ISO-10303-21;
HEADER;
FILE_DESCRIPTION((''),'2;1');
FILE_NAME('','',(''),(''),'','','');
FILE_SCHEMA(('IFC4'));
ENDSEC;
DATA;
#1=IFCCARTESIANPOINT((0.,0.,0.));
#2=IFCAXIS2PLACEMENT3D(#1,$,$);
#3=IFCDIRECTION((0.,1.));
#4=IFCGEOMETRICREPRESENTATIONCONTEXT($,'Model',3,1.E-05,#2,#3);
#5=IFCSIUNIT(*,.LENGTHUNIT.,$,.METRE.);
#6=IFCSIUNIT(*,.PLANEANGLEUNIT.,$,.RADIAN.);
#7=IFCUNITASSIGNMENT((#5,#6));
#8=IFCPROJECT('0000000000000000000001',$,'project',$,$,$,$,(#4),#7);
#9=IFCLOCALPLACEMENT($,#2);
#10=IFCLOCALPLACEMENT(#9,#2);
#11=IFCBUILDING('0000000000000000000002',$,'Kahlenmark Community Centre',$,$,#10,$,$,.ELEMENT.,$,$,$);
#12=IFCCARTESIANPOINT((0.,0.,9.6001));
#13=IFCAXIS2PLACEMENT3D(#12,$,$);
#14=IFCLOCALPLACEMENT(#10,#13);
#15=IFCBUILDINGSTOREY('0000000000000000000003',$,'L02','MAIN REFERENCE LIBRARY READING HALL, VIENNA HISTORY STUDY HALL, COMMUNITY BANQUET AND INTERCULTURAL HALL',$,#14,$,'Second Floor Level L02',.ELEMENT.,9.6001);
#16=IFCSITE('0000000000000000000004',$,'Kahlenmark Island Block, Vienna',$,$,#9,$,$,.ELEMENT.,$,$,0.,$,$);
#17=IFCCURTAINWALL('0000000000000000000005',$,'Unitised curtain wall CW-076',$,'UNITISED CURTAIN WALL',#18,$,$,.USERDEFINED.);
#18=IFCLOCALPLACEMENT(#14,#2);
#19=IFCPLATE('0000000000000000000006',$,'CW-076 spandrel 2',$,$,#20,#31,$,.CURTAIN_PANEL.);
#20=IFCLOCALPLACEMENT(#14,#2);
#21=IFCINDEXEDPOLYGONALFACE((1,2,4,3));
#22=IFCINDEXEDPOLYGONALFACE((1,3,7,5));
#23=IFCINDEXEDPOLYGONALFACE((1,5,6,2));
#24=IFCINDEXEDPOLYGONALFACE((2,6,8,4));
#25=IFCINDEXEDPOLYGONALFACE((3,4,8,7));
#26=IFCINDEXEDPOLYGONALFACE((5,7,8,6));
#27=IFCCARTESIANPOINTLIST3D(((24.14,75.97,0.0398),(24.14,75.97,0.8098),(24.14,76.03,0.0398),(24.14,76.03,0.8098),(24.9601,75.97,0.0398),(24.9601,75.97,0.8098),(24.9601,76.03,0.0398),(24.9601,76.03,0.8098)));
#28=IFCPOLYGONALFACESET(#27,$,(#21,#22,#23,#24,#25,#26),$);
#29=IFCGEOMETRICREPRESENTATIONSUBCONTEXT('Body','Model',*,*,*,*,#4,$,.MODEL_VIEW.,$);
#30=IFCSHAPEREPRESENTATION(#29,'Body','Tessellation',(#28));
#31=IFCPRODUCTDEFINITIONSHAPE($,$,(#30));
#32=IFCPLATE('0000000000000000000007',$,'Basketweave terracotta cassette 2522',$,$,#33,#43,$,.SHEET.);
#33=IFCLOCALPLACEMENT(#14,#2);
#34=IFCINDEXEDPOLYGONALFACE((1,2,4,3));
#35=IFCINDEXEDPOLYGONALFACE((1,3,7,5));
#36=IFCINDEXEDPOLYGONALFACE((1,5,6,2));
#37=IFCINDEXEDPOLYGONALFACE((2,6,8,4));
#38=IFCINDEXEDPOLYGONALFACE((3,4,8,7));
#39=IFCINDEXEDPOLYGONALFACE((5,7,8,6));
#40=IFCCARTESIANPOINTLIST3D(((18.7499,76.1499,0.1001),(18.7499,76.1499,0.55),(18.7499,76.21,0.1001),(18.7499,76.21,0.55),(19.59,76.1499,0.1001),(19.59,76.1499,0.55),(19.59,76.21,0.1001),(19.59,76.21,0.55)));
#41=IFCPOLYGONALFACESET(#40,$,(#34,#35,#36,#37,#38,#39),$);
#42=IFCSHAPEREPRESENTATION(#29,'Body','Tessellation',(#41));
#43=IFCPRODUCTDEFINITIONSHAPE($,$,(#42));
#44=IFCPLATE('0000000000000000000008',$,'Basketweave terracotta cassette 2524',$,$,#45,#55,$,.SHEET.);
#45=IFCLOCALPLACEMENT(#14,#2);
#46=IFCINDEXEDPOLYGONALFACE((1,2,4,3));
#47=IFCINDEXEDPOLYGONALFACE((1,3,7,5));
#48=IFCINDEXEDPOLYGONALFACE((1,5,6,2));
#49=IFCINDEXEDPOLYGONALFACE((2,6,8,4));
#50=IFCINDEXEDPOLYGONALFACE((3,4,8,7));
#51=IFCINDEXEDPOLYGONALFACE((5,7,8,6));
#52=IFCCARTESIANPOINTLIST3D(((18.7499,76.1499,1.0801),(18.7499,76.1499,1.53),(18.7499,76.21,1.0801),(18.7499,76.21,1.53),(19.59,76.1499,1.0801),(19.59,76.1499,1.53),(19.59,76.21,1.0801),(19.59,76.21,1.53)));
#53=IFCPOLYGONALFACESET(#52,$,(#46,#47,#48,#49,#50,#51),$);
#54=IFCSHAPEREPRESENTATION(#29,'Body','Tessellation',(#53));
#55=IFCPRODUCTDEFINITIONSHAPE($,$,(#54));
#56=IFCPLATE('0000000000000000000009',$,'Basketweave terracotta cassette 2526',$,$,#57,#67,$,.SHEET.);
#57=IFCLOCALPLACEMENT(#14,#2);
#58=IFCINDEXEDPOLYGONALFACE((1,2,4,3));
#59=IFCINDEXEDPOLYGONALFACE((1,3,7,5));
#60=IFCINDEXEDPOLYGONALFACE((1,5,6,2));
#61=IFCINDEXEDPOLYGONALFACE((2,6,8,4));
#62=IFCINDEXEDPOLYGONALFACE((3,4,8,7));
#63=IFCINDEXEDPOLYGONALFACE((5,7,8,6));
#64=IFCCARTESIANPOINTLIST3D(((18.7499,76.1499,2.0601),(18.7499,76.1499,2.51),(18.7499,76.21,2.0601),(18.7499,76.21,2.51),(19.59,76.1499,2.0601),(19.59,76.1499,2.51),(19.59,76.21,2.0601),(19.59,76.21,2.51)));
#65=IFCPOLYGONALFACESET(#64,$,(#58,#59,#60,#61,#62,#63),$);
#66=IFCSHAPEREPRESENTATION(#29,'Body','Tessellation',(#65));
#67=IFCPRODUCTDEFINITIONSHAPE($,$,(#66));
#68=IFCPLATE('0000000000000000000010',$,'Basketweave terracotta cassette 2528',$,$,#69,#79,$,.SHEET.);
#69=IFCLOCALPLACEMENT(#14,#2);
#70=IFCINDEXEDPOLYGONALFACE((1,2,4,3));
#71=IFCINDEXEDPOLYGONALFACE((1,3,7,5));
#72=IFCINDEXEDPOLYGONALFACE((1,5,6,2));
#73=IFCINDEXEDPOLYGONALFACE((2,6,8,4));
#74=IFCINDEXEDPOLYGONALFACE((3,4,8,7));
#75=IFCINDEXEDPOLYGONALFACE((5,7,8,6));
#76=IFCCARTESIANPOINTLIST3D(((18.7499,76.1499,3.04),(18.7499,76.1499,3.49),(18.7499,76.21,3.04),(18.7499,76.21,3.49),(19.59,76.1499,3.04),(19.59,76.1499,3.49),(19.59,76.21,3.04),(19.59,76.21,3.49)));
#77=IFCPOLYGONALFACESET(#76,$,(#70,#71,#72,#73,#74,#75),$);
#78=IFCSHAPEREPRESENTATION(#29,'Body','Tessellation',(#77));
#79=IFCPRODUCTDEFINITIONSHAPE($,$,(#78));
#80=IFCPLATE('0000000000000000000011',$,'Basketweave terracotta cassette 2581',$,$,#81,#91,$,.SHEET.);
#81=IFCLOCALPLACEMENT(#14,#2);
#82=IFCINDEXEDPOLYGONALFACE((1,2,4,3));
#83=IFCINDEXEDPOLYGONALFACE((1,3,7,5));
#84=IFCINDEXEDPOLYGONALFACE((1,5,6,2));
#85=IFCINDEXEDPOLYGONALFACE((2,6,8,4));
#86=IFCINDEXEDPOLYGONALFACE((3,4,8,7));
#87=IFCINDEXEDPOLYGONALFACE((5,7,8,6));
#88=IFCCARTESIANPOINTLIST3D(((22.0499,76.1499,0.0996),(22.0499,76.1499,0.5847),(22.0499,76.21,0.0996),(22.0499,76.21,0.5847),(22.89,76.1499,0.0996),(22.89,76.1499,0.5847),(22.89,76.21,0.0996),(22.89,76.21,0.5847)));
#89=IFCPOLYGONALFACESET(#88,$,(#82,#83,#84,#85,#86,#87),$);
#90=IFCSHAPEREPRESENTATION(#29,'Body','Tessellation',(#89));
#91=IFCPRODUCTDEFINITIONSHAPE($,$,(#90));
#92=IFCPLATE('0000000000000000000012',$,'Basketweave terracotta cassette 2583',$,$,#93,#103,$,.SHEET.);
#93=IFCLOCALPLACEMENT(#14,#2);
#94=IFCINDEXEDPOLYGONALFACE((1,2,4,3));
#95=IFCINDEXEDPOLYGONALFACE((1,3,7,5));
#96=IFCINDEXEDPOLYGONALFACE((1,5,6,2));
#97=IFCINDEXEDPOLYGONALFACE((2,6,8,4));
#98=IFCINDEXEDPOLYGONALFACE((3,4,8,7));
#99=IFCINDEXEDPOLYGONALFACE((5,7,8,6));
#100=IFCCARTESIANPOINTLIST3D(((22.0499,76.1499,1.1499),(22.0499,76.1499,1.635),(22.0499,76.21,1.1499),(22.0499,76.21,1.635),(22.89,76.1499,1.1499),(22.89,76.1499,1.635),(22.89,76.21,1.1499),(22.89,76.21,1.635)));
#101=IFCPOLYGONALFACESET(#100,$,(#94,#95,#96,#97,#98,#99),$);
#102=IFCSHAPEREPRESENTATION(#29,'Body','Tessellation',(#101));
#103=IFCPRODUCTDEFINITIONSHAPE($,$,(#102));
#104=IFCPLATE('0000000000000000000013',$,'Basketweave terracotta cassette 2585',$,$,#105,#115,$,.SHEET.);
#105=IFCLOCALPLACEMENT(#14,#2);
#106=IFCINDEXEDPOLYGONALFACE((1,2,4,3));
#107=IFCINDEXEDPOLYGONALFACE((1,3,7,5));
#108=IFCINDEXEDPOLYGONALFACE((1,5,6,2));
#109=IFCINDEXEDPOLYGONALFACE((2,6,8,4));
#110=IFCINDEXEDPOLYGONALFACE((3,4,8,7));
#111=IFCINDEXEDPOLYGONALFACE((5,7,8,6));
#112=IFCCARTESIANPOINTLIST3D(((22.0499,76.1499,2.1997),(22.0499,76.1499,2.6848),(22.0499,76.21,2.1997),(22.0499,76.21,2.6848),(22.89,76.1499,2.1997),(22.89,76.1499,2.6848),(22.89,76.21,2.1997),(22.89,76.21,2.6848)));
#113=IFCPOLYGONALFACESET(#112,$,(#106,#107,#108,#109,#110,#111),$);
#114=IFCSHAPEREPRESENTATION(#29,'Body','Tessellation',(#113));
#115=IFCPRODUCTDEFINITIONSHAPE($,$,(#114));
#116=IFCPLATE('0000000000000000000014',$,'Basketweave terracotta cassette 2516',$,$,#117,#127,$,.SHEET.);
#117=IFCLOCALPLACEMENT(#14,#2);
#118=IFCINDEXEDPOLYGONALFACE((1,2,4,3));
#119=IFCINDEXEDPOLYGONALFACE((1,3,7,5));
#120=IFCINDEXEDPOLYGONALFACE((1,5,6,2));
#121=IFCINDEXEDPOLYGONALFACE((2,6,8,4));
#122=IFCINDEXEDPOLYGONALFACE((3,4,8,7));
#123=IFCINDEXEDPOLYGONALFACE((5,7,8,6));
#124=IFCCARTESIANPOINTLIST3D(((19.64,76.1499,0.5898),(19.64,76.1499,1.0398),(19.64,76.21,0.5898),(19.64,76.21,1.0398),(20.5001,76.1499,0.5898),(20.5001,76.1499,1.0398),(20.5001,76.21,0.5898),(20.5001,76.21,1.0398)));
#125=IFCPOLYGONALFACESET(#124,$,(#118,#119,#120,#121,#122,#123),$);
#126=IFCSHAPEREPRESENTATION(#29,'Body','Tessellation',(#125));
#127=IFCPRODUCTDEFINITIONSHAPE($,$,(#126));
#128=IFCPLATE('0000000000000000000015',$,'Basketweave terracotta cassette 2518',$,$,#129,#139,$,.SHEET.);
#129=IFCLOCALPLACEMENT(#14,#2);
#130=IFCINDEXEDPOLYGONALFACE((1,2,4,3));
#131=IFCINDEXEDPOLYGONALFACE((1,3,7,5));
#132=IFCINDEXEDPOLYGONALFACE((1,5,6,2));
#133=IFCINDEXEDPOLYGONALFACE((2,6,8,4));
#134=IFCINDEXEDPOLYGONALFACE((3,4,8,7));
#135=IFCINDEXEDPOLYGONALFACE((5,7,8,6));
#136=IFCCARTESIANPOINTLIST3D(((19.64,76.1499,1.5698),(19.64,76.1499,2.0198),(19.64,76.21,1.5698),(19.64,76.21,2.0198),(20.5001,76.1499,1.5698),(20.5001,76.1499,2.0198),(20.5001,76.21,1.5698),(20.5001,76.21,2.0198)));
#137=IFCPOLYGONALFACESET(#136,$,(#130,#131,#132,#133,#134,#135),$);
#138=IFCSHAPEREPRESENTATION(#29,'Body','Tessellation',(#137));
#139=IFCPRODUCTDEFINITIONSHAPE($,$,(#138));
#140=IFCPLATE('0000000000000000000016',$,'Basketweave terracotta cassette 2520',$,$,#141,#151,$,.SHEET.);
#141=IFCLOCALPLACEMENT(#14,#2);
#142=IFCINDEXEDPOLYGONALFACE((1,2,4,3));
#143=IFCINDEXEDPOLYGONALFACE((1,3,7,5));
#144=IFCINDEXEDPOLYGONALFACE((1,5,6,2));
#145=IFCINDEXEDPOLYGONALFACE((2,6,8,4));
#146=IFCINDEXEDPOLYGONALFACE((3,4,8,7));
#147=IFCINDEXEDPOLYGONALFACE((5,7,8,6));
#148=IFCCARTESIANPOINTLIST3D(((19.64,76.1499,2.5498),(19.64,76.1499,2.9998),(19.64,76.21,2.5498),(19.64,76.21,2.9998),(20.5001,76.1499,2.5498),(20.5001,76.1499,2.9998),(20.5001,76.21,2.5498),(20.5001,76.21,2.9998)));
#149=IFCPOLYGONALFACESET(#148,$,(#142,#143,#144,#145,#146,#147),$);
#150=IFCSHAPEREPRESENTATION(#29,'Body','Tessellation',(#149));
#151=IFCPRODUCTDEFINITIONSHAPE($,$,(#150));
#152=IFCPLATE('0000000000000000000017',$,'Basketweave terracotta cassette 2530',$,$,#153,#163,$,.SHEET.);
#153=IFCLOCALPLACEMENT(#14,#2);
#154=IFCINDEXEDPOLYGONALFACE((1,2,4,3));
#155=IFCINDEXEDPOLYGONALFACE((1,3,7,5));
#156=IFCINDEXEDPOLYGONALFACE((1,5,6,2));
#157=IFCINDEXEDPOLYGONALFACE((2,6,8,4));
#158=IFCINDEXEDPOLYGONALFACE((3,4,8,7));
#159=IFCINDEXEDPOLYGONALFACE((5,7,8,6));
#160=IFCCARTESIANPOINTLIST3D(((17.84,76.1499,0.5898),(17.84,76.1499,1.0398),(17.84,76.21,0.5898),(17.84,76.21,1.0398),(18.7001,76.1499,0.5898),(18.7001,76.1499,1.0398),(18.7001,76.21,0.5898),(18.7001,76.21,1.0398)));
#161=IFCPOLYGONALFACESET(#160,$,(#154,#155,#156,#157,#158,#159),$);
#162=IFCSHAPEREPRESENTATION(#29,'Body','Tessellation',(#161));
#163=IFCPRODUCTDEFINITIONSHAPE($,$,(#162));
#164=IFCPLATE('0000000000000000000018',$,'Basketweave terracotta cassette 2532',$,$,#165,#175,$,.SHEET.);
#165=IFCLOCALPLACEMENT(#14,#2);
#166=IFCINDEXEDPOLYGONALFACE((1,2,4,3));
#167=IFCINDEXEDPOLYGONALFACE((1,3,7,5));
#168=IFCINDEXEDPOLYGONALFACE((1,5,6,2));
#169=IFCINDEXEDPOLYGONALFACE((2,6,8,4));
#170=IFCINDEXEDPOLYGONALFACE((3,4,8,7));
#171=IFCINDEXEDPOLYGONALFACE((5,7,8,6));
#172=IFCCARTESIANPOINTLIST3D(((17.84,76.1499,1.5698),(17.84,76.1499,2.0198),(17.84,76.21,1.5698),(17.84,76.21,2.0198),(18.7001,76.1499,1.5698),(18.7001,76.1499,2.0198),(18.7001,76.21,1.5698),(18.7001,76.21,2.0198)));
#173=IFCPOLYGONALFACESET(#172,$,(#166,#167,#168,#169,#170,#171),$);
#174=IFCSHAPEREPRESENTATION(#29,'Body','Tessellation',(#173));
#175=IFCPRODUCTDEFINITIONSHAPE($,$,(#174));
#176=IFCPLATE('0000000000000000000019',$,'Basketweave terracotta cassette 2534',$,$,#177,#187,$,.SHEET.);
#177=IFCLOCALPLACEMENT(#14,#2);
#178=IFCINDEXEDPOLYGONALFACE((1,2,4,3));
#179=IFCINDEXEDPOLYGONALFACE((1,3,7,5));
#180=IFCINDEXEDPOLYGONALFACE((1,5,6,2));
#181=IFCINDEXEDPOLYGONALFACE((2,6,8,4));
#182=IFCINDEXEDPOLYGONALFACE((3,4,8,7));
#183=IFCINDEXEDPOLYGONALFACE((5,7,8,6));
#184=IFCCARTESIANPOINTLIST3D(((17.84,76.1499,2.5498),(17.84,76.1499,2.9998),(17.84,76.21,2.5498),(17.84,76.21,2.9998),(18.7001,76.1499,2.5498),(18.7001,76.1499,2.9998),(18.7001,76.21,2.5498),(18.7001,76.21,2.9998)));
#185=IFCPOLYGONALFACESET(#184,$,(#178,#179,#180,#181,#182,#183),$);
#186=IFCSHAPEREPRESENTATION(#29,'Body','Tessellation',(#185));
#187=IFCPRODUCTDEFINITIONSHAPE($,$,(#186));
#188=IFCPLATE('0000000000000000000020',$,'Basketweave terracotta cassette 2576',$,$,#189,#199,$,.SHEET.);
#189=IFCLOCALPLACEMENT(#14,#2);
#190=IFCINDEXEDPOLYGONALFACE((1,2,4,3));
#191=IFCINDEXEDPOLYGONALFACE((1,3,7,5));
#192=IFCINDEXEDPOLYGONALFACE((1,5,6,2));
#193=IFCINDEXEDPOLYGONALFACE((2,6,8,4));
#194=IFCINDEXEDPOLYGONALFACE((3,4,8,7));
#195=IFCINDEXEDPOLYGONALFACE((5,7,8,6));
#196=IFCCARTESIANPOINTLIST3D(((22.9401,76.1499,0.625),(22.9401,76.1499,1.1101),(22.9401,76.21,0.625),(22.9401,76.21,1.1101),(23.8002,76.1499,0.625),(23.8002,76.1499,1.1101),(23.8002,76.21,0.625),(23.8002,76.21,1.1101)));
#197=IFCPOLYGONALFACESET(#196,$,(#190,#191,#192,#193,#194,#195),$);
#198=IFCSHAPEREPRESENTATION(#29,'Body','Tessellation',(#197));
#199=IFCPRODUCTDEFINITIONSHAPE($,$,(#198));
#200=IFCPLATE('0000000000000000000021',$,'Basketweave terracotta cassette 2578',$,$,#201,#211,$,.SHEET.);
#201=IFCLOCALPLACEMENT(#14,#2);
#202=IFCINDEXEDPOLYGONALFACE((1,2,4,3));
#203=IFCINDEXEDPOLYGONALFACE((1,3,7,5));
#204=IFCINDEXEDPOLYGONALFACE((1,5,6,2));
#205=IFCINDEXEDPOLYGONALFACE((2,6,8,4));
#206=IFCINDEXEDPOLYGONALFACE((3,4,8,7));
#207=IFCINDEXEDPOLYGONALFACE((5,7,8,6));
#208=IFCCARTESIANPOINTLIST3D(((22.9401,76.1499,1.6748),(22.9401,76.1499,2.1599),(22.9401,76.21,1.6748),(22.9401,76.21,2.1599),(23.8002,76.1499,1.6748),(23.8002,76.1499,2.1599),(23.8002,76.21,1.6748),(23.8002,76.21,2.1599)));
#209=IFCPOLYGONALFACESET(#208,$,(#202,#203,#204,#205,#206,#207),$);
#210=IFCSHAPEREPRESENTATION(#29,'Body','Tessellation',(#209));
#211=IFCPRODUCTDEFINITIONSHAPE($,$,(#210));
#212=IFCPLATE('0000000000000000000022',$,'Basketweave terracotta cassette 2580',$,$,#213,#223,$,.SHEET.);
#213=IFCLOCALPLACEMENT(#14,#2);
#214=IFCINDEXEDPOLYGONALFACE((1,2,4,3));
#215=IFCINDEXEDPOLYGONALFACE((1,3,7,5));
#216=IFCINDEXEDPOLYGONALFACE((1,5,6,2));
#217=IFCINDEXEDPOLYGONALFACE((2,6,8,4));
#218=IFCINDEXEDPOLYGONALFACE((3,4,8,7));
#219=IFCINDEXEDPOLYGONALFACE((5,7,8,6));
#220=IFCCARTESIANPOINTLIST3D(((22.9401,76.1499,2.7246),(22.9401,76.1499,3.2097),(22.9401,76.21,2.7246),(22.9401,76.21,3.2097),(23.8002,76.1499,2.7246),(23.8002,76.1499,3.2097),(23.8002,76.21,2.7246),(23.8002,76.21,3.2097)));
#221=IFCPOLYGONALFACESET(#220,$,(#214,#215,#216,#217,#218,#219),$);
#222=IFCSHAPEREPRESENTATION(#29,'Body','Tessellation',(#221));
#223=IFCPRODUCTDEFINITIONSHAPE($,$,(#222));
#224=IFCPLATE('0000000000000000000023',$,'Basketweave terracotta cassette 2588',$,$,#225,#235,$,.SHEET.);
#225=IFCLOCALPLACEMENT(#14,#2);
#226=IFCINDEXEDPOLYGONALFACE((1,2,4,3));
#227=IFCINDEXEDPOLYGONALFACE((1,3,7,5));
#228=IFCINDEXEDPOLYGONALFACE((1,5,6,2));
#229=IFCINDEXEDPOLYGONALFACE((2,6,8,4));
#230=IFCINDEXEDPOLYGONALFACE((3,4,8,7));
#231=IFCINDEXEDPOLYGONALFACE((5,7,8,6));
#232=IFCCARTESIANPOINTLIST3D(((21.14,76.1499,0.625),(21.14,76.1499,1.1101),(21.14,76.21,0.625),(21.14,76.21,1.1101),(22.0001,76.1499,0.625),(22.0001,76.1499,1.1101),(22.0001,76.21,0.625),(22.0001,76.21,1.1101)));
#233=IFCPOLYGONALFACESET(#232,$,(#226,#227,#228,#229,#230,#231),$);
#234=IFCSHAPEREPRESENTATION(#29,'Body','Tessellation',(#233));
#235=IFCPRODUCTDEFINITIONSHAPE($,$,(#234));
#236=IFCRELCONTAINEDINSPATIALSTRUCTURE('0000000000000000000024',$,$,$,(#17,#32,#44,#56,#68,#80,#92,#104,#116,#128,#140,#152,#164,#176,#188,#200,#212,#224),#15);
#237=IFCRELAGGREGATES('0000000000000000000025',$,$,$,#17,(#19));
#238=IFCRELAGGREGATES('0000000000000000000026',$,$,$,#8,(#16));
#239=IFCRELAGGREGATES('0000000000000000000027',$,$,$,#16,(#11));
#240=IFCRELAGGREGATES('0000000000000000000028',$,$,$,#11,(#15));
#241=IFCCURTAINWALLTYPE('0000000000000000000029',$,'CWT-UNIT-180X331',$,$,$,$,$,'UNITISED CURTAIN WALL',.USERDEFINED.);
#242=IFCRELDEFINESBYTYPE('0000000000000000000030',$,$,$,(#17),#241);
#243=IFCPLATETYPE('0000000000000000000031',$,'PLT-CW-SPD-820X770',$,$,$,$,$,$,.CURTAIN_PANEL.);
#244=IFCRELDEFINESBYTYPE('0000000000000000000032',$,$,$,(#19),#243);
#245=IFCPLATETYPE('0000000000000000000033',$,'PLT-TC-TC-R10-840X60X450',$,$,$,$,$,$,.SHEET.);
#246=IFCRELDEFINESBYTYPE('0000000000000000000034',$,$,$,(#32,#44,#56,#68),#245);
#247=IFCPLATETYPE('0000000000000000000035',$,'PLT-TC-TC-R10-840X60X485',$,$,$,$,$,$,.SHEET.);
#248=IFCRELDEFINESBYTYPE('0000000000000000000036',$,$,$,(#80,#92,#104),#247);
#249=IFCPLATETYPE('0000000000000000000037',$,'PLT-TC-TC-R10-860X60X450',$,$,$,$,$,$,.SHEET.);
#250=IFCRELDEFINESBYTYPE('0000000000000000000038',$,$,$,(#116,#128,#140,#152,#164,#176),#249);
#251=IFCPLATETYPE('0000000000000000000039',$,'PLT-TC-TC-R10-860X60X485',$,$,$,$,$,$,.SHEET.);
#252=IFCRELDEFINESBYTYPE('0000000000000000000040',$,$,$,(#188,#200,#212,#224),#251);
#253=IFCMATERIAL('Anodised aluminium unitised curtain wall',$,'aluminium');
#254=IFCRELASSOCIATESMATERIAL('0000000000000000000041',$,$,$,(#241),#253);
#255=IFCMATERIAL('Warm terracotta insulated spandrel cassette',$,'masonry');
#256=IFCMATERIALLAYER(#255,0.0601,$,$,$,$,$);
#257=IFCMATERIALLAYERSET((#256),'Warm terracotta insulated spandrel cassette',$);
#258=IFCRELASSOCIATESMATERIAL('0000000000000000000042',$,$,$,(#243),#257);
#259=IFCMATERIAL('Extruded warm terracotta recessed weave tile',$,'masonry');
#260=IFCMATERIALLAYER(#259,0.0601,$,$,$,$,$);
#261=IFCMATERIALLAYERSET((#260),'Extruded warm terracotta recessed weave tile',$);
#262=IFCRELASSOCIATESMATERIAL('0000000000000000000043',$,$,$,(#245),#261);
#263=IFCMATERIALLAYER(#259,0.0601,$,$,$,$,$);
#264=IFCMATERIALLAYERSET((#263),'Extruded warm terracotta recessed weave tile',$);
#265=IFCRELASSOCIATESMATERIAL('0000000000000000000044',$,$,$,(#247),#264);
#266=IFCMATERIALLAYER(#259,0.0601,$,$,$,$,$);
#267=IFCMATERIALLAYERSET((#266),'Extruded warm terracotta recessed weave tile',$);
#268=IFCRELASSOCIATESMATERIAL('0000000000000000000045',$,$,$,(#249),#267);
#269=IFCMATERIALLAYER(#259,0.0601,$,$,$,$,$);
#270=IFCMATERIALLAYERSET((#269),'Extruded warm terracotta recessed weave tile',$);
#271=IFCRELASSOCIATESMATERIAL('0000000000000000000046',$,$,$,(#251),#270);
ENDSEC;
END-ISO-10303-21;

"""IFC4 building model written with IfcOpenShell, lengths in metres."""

from ifc_helpers import new_model, si_unit, direction, frame, origin, origin_2d, place, context, subcontext, project, spatial, rectangle, extrude, material, layer, layer_set, type_object, element, aggregate, save


model = new_model("IFC4")

# Units and contexts
model_context = context("Model", 3, precision=1e-05, world=origin(), true_north=direction((0.0, 1.0)))
body_context = subcontext(model_context, "Body", "Model", "MODEL_VIEW")
ifc_project = project(units=[si_unit("LENGTHUNIT", "METRE"), si_unit("PLANEANGLEUNIT", "RADIAN")], contexts=[model_context])

# Site, building, storey
site_placement = place(None, origin())
site = spatial("IfcSite", under=ifc_project, at=site_placement, Name="Kahlenmark Island Block, Vienna", CompositionType="ELEMENT", RefElevation=0.0)
building_placement = place(site_placement, origin())
building = spatial("IfcBuilding", under=site, at=building_placement, Name="Kahlenmark Community Centre", CompositionType="ELEMENT")
storey_placement = place(building_placement, frame((0.0, 0.0, 9.6001)))
storey = spatial("IfcBuildingStorey", under=building, at=storey_placement, Name="L02", Description="MAIN REFERENCE LIBRARY READING HALL, VIENNA HISTORY STUDY HALL, COMMUNITY BANQUET AND INTERCULTURAL HALL", LongName="Second Floor Level L02", CompositionType="ELEMENT", Elevation=9.6001)

# Shared definitions
ifc_material_1 = material(Name="Anodised aluminium unitised curtain wall", Category="aluminium")

# Curtain wall
curtain_wall_type_1 = type_object("IfcCurtainWallType", Name="CWT-UNIT-180X331", ElementType="UNITISED CURTAIN WALL", PredefinedType="USERDEFINED", material=ifc_material_1)
curtain_wall_1_placement = place(storey_placement, origin())
curtain_wall_1 = element("IfcCurtainWall", 1, at=curtain_wall_1_placement, inside=storey, type_object=curtain_wall_type_1, Name="Unitised curtain wall CW-076", ObjectType="UNITISED CURTAIN WALL", PredefinedType="USERDEFINED")

# Plate
ifc_material_2 = material(Name="Warm terracotta insulated spandrel cassette", Category="masonry")
ifc_layer_1 = layer(ifc_material_2, 0.0601)
ifc_layer_set_1 = layer_set([ifc_layer_1], Name="Warm terracotta insulated spandrel cassette")
plate_type_1 = type_object("IfcPlateType", Name="PLT-CW-SPD-820X770", PredefinedType="CURTAIN_PANEL", material=ifc_layer_set_1)
plate_1_placement = place(storey_placement, frame((24.55, 76.0, 0.0398), z_axis=(0.0, 0.0, 1.0), x_axis=(-1.0, 0.0, 0.0)))
plate_1 = element("IfcPlate", 2, at=plate_1_placement, type_object=plate_type_1, Name="CW-076 spandrel 2", PredefinedType="CURTAIN_PANEL", context=body_context, shape_type="SweptSolid", body=[
    extrude(rectangle(XDim=0.8201, YDim=0.0601, at=origin_2d()), origin(), (0.0, 0.0, 1.0), 0.77),
])
aggregate(curtain_wall_1, [plate_1])

# Plates
ifc_material_3 = material(Name="Extruded warm terracotta recessed weave tile", Category="masonry")
ifc_layer_2 = layer(ifc_material_3, 0.0601)
ifc_layer_set_2 = layer_set([ifc_layer_2], Name="Extruded warm terracotta recessed weave tile")
plate_type_2 = type_object("IfcPlateType", Name="PLT-TC-TC-R10-840X60X450", PredefinedType="SHEET", material=ifc_layer_set_2)
for number, where, z_axis, x_axis, name in (
    (3, (19.1699, 76.1799, 0.1001), (0.0, 0.0, 1.0), (-1.0, 0.0, 0.0), "Basketweave terracotta cassette 2522"),
    (4, (19.1699, 76.1799, 1.0801), (0.0, 0.0, 1.0), (-1.0, 0.0, 0.0), "Basketweave terracotta cassette 2524"),
    (5, (19.1699, 76.1799, 2.0601), (0.0, 0.0, 1.0), (-1.0, 0.0, 0.0), "Basketweave terracotta cassette 2526"),
    (6, (19.1699, 76.1799, 3.04), (0.0, 0.0, 1.0), (-1.0, 0.0, 0.0), "Basketweave terracotta cassette 2528"),
):
    element("IfcPlate", number, at=place(storey_placement, frame(where, z_axis=z_axis, x_axis=x_axis)), inside=storey, type_object=plate_type_2, Name=name, PredefinedType="SHEET", context=body_context, shape_type="SweptSolid", body=[
        extrude(rectangle(XDim=0.8401, YDim=0.0601, at=origin_2d()), origin(), (0.0, 0.0, 1.0), 0.45),
    ])
ifc_layer_3 = layer(ifc_material_3, 0.0601)
ifc_layer_set_3 = layer_set([ifc_layer_3], Name="Extruded warm terracotta recessed weave tile")
plate_type_3 = type_object("IfcPlateType", Name="PLT-TC-TC-R10-840X60X485", PredefinedType="SHEET", material=ifc_layer_set_3)
for number, where, z_axis, x_axis, name in (
    (7, (22.47, 76.1799, 0.0996), (0.0, 0.0, 1.0), (-1.0, 0.0, 0.0), "Basketweave terracotta cassette 2581"),
    (8, (22.47, 76.1799, 1.1499), (0.0, 0.0, 1.0), (-1.0, 0.0, 0.0), "Basketweave terracotta cassette 2583"),
    (9, (22.47, 76.1799, 2.1997), (0.0, 0.0, 1.0), (-1.0, 0.0, 0.0), "Basketweave terracotta cassette 2585"),
):
    element("IfcPlate", number, at=place(storey_placement, frame(where, z_axis=z_axis, x_axis=x_axis)), inside=storey, type_object=plate_type_3, Name=name, PredefinedType="SHEET", context=body_context, shape_type="SweptSolid", body=[
        extrude(rectangle(XDim=0.8401, YDim=0.0601, at=origin_2d()), origin(), (0.0, 0.0, 1.0), 0.4851),
    ])
ifc_layer_4 = layer(ifc_material_3, 0.0601)
ifc_layer_set_4 = layer_set([ifc_layer_4], Name="Extruded warm terracotta recessed weave tile")
plate_type_4 = type_object("IfcPlateType", Name="PLT-TC-TC-R10-860X60X450", PredefinedType="SHEET", material=ifc_layer_set_4)
for number, where, z_axis, x_axis, name in (
    (10, (20.0701, 76.1799, 0.5898), (0.0, 0.0, 1.0), (-1.0, 0.0, 0.0), "Basketweave terracotta cassette 2516"),
    (11, (20.0701, 76.1799, 1.5698), (0.0, 0.0, 1.0), (-1.0, 0.0, 0.0), "Basketweave terracotta cassette 2518"),
    (12, (20.0701, 76.1799, 2.5498), (0.0, 0.0, 1.0), (-1.0, 0.0, 0.0), "Basketweave terracotta cassette 2520"),
    (13, (18.27, 76.1799, 0.5898), (0.0, 0.0, 1.0), (-1.0, 0.0, 0.0), "Basketweave terracotta cassette 2530"),
    (14, (18.27, 76.1799, 1.5698), (0.0, 0.0, 1.0), (-1.0, 0.0, 0.0), "Basketweave terracotta cassette 2532"),
    (15, (18.27, 76.1799, 2.5498), (0.0, 0.0, 1.0), (-1.0, 0.0, 0.0), "Basketweave terracotta cassette 2534"),
):
    element("IfcPlate", number, at=place(storey_placement, frame(where, z_axis=z_axis, x_axis=x_axis)), inside=storey, type_object=plate_type_4, Name=name, PredefinedType="SHEET", context=body_context, shape_type="SweptSolid", body=[
        extrude(rectangle(XDim=0.8601, YDim=0.0601, at=origin_2d()), origin(), (0.0, 0.0, 1.0), 0.45),
    ])
ifc_layer_5 = layer(ifc_material_3, 0.0601)
ifc_layer_set_5 = layer_set([ifc_layer_5], Name="Extruded warm terracotta recessed weave tile")
plate_type_5 = type_object("IfcPlateType", Name="PLT-TC-TC-R10-860X60X485", PredefinedType="SHEET", material=ifc_layer_set_5)
for number, where, z_axis, x_axis, name in (
    (16, (23.3701, 76.1799, 0.625), (0.0, 0.0, 1.0), (-1.0, 0.0, 0.0), "Basketweave terracotta cassette 2576"),
    (17, (23.3701, 76.1799, 1.6748), (0.0, 0.0, 1.0), (-1.0, 0.0, 0.0), "Basketweave terracotta cassette 2578"),
    (18, (23.3701, 76.1799, 2.7246), (0.0, 0.0, 1.0), (-1.0, 0.0, 0.0), "Basketweave terracotta cassette 2580"),
    (19, (21.5701, 76.1799, 0.625), (0.0, 0.0, 1.0), (-1.0, 0.0, 0.0), "Basketweave terracotta cassette 2588"),
):
    element("IfcPlate", number, at=place(storey_placement, frame(where, z_axis=z_axis, x_axis=x_axis)), inside=storey, type_object=plate_type_5, Name=name, PredefinedType="SHEET", context=body_context, shape_type="SweptSolid", body=[
        extrude(rectangle(XDim=0.8601, YDim=0.0601, at=origin_2d()), origin(), (0.0, 0.0, 1.0), 0.4851),
    ])

save(model, "model.ifc")
